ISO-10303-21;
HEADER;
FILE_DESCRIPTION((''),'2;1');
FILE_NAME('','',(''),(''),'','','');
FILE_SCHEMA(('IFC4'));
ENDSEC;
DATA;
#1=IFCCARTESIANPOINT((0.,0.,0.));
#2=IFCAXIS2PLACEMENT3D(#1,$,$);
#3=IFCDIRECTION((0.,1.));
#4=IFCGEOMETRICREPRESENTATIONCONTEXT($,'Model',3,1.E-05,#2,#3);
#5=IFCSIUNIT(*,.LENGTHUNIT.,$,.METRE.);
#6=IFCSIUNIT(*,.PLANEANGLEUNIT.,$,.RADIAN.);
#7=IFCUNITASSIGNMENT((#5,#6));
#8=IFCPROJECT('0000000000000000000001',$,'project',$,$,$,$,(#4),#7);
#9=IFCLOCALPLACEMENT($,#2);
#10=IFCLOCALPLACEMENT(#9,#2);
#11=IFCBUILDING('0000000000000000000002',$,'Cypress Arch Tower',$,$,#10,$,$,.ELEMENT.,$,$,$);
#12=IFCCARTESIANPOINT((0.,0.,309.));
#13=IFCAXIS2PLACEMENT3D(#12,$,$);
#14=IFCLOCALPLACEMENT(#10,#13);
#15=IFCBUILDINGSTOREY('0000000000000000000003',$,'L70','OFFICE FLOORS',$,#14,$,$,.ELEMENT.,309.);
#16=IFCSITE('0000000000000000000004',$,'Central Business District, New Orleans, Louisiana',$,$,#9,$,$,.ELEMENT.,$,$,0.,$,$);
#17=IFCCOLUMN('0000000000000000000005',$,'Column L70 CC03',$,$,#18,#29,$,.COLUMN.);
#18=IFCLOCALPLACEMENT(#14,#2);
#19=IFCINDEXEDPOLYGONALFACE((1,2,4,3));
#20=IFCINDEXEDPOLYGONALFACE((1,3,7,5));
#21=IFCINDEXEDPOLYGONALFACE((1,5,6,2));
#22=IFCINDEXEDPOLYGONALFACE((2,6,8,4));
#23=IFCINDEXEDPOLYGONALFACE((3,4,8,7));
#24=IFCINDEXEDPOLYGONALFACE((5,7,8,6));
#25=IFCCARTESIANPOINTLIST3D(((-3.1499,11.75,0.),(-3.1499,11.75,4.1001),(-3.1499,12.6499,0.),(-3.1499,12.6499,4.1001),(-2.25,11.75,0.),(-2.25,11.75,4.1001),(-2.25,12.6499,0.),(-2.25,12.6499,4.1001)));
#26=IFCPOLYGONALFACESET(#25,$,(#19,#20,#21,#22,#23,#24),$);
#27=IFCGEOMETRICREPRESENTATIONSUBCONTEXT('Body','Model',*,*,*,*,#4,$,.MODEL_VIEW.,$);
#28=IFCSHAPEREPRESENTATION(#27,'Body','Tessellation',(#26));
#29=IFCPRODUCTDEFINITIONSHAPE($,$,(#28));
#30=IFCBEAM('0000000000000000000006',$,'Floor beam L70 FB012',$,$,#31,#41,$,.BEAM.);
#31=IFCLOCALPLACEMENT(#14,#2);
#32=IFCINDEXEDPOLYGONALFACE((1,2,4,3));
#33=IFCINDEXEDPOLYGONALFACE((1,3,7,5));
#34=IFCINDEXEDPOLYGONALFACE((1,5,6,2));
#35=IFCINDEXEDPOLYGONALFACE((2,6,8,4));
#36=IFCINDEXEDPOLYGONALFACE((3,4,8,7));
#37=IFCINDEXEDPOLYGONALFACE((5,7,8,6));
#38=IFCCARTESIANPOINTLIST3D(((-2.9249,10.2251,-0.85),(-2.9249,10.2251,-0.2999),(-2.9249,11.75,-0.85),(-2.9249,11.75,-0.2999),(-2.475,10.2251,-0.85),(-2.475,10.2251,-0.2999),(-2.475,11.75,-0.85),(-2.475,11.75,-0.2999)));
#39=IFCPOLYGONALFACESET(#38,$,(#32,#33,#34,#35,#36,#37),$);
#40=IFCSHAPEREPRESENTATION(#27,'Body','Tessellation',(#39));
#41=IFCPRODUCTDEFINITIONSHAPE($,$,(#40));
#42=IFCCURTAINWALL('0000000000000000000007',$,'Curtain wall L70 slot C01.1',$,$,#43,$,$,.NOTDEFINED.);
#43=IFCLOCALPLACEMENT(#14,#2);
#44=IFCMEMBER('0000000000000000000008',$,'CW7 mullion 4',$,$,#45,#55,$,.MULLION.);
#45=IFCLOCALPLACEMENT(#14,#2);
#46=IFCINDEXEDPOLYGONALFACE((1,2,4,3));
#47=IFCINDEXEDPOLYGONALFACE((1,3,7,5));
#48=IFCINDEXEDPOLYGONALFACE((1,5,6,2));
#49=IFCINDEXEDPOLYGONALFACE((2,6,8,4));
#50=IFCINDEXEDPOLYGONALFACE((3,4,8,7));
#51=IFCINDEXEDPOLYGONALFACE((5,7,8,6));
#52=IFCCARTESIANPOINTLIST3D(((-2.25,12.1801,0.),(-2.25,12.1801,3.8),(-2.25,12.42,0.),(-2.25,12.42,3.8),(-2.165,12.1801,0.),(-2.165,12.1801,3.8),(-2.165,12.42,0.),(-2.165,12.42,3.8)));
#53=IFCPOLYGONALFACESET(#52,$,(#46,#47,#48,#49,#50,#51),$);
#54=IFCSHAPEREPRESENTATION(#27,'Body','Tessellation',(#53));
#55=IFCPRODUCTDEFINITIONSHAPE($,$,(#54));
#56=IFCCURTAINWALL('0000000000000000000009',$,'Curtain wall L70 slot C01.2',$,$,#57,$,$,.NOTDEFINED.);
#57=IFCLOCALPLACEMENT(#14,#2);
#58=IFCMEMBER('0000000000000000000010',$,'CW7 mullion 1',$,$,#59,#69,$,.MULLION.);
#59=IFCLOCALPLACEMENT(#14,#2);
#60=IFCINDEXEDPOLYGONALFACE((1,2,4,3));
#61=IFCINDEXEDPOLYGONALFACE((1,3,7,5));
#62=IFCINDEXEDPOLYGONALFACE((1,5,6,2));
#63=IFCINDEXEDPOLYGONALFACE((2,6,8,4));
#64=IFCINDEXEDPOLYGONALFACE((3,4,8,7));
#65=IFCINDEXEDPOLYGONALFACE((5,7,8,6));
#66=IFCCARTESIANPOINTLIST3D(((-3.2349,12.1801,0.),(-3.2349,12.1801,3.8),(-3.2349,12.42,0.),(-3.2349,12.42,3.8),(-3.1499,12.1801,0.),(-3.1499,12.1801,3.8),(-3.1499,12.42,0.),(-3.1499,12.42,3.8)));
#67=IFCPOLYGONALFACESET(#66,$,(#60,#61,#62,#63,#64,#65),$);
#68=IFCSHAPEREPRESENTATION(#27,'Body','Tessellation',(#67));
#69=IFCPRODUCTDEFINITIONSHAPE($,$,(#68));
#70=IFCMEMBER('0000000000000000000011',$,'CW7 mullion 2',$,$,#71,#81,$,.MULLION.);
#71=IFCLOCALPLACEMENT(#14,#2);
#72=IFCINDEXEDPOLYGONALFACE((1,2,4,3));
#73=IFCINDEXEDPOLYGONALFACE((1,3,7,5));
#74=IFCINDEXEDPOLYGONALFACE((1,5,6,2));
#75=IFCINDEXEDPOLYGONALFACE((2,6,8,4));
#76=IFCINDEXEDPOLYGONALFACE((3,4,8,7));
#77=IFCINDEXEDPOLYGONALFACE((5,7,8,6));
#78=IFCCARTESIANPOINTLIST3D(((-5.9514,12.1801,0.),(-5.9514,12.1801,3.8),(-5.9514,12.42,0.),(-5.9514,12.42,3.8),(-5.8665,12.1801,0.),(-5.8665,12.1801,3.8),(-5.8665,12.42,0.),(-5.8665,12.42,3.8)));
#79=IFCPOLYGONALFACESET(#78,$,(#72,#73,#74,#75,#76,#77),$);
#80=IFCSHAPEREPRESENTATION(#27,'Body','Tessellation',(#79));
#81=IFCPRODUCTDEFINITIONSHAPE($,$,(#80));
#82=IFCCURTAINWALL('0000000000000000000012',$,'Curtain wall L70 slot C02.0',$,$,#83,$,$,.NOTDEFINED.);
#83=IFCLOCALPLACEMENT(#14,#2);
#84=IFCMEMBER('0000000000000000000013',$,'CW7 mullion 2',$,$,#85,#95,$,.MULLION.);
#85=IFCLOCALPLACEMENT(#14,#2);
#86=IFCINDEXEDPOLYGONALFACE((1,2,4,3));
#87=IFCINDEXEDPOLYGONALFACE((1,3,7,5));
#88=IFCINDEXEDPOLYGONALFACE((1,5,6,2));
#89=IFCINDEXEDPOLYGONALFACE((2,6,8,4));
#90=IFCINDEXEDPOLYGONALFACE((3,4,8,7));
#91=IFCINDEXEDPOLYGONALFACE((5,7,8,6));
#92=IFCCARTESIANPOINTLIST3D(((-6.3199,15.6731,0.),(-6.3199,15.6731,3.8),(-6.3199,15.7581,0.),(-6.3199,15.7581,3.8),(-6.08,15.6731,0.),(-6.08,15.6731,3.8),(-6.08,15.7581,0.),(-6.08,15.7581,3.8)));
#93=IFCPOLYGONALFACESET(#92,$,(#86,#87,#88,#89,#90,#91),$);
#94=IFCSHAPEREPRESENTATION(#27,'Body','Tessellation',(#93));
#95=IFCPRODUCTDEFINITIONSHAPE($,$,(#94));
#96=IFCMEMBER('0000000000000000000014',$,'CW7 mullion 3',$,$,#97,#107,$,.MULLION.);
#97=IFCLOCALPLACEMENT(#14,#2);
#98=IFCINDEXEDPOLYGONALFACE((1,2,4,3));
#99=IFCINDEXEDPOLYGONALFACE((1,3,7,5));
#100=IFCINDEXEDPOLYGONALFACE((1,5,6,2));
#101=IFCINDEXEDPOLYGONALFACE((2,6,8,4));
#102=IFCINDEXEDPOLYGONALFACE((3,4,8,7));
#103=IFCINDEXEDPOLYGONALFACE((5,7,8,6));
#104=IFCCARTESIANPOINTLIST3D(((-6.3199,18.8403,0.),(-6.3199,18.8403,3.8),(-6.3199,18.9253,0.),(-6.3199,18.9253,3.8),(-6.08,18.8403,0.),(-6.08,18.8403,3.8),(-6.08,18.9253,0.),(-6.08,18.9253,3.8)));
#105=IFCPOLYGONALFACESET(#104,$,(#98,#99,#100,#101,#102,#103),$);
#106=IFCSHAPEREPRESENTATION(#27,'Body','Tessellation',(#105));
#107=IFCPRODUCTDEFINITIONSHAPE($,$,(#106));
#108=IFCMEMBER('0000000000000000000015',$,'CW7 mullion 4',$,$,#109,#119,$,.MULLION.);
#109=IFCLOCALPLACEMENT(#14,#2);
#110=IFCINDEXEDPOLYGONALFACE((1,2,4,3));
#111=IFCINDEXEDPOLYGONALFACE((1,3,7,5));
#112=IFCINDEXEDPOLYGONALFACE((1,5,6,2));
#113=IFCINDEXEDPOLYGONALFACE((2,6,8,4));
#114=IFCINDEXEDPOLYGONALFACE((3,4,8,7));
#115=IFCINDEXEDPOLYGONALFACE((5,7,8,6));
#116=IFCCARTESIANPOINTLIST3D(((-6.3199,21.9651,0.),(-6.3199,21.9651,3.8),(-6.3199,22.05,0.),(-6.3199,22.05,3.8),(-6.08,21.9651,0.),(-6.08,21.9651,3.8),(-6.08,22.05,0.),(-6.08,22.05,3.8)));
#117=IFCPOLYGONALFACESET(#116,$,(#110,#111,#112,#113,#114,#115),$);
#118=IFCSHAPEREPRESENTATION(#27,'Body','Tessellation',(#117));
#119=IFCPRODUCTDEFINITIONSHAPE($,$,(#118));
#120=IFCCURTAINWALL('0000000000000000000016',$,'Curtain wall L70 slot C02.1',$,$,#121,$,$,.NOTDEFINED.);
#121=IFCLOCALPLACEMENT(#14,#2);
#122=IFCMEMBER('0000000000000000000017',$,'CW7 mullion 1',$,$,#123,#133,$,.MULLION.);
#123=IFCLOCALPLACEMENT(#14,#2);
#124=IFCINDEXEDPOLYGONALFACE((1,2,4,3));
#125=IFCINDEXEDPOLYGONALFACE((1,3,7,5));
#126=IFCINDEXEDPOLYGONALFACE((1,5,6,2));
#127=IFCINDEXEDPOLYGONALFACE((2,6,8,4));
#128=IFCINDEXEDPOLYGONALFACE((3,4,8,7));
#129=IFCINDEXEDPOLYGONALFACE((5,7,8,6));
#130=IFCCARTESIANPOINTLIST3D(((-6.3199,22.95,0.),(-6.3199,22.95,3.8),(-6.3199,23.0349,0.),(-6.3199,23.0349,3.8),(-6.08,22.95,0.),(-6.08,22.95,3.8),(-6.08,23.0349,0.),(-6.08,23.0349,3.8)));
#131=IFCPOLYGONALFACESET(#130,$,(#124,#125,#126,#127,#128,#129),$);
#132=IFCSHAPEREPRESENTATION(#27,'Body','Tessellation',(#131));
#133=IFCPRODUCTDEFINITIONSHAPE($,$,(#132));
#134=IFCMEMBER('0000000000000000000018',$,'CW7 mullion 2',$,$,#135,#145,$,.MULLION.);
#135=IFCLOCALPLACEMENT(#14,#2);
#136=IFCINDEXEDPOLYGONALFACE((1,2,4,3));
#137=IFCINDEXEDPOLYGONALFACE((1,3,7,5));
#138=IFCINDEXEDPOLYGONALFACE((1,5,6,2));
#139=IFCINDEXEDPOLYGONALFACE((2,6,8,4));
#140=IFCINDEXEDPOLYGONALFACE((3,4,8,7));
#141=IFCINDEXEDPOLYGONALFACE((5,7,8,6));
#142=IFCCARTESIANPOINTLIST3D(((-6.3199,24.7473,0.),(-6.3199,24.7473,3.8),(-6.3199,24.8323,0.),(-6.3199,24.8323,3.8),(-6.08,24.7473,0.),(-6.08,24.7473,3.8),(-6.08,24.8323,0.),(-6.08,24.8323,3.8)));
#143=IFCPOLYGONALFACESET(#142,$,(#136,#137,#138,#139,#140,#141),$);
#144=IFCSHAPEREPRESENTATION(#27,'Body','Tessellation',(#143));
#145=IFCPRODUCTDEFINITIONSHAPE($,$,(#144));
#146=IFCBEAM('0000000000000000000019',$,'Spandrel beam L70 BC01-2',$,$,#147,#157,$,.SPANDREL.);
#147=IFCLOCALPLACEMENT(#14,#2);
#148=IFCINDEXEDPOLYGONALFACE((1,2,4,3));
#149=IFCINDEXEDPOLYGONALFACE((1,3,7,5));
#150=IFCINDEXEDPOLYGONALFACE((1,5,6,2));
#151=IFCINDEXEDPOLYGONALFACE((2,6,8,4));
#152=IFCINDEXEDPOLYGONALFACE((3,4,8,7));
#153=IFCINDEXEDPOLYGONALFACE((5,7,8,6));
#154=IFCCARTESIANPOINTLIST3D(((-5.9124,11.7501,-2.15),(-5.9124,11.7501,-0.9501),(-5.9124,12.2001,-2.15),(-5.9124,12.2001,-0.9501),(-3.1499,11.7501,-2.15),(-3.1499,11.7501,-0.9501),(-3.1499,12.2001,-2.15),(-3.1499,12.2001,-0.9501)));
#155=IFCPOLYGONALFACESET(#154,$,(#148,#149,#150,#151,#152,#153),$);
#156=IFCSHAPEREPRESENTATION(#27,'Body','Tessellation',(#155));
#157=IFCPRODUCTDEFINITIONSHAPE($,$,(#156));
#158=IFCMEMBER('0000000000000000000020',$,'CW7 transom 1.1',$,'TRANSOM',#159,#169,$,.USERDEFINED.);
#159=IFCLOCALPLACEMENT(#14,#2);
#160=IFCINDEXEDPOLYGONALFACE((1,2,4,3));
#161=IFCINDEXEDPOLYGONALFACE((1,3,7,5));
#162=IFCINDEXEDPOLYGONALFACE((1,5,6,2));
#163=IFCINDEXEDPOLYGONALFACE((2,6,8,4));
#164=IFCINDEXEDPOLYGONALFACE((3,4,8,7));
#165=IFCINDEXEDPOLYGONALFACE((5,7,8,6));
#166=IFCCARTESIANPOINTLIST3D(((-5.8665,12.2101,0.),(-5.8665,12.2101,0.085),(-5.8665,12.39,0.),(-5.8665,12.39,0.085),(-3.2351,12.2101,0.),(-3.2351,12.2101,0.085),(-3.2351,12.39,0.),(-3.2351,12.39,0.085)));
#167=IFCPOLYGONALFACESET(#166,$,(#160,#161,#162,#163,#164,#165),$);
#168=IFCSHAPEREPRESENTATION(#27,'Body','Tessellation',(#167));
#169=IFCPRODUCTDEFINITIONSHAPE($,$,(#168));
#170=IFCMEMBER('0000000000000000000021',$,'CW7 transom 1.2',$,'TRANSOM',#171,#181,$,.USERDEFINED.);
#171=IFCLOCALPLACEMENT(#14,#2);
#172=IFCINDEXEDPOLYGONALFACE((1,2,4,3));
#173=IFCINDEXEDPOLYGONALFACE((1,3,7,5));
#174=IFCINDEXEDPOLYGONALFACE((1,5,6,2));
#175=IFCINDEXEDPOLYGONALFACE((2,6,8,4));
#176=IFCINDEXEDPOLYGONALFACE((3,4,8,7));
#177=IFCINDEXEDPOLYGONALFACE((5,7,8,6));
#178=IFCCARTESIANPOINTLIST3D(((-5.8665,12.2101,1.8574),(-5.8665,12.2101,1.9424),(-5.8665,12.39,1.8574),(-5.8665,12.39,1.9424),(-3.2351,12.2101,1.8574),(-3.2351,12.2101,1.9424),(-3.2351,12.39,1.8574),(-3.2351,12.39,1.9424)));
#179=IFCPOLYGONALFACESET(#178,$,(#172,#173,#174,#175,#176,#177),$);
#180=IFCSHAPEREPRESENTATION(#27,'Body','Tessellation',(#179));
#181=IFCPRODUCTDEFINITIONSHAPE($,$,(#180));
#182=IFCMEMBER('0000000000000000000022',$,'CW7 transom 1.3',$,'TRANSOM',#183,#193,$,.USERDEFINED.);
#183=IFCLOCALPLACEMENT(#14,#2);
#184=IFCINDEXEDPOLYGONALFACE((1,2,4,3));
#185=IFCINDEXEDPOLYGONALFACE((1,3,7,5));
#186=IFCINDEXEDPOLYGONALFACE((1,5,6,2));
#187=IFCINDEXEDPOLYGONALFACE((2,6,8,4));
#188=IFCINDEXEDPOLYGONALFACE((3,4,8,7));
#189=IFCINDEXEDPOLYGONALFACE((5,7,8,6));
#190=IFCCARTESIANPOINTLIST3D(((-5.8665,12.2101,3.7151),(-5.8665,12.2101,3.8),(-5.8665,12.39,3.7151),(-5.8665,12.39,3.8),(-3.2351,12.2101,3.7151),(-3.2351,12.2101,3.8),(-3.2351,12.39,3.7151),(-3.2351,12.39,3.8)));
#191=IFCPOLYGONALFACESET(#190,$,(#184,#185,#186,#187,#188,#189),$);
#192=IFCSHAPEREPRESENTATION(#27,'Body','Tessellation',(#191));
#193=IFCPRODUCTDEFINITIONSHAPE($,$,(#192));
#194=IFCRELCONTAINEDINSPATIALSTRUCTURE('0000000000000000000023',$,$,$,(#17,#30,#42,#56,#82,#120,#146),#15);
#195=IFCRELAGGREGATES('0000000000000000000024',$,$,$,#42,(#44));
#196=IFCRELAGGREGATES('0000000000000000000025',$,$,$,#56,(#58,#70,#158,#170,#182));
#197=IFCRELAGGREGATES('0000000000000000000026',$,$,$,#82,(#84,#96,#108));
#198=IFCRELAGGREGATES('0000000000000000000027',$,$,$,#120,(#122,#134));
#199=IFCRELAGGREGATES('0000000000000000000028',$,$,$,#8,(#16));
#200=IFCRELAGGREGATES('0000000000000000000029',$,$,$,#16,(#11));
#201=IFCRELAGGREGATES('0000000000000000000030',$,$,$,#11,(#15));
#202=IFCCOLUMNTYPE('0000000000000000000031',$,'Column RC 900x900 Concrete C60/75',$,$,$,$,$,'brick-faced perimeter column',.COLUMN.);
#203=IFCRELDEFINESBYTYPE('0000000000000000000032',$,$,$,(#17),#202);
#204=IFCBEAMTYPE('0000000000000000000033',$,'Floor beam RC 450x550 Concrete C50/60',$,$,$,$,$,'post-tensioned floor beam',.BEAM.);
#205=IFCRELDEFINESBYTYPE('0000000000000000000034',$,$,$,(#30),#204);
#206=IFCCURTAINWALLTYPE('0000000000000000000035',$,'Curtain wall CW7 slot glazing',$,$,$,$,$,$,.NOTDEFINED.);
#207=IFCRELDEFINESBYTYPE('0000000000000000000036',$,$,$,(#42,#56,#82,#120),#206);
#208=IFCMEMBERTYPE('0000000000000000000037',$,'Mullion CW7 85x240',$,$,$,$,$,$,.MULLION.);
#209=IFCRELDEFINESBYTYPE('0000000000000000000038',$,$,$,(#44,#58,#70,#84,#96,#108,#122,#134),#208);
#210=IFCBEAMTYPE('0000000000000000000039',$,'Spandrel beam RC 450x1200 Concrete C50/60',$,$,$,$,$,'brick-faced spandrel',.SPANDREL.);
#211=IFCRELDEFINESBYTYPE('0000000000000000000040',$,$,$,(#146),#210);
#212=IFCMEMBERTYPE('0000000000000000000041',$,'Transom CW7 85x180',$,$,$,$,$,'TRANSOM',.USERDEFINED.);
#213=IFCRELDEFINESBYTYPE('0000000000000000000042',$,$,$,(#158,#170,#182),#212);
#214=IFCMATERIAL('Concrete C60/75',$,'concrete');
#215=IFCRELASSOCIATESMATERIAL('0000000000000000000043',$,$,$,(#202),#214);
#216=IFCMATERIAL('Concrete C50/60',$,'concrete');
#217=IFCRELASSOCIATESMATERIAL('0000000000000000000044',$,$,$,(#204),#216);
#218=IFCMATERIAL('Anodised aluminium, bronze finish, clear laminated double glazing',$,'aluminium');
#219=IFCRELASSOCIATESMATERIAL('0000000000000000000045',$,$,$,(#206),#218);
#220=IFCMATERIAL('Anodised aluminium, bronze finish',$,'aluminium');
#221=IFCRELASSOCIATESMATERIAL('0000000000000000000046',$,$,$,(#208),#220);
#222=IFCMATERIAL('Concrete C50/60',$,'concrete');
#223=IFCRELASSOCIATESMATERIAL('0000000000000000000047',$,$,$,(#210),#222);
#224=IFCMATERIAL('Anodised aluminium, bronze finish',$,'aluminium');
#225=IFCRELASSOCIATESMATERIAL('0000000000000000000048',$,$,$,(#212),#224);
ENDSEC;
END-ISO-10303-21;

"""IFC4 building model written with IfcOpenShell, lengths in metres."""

from ifc_helpers import new_model, si_unit, direction, frame, origin, origin_2d, place, context, subcontext, project, spatial, rectangle, extrude, material, material_profile, profile_set, type_object, element, aggregate, save


model = new_model("IFC4")

# Units and contexts
model_context = context("Model", 3, precision=1e-05, world=origin(), true_north=direction((0.0, 1.0)))
body_context = subcontext(model_context, "Body", "Model", "MODEL_VIEW")
ifc_project = project(units=[si_unit("LENGTHUNIT", "METRE"), si_unit("PLANEANGLEUNIT", "RADIAN")], contexts=[model_context])

# Site, building, storey
site_placement = place(None, origin())
site = spatial("IfcSite", under=ifc_project, at=site_placement, Name="Central Business District, New Orleans, Louisiana", CompositionType="ELEMENT", RefElevation=0.0)
building_placement = place(site_placement, origin())
building = spatial("IfcBuilding", under=site, at=building_placement, Name="Cypress Arch Tower", CompositionType="ELEMENT")
storey_placement = place(building_placement, frame((0.0, 0.0, 309.0)))
storey = spatial("IfcBuildingStorey", under=building, at=storey_placement, Name="L70", Description="OFFICE FLOORS", CompositionType="ELEMENT", Elevation=309.0)

# Column
ifc_material_1 = material(Name="Concrete C60/75", Category="concrete")
ifc_material_profile_1 = material_profile(ifc_material_1, rectangle(XDim=0.8999, YDim=0.8999, at=origin_2d()), Name="RC 900x900")
ifc_profile_set_1 = profile_set([ifc_material_profile_1], Name="Concrete C60/75")
column_type = type_object("IfcColumnType", Name="Column RC 900x900 Concrete C60/75", ElementType="brick-faced perimeter column", PredefinedType="COLUMN", material=ifc_profile_set_1)
column_placement = place(storey_placement, frame((-2.7, 12.2, 0.0), z_axis=(0.0, 0.0, 1.0), x_axis=(-1.0, 0.0, 0.0)))
element("IfcColumn", 1, at=column_placement, inside=storey, type_object=column_type, Name="Column L70 CC03", PredefinedType="COLUMN", context=body_context, shape_type="SweptSolid", body=[
    extrude(rectangle(XDim=0.8999, YDim=0.8999, at=origin_2d()), origin(), (0.0, 0.0, 1.0), 4.1001),
])

# Beam
ifc_material_2 = material(Name="Concrete C50/60", Category="concrete")
ifc_material_profile_2 = material_profile(ifc_material_2, rectangle(XDim=0.45, YDim=0.55, at=origin_2d()), Name="RC 450x550")
ifc_profile_set_2 = profile_set([ifc_material_profile_2], Name="Concrete C50/60")
beam_type_1 = type_object("IfcBeamType", Name="Floor beam RC 450x550 Concrete C50/60", ElementType="post-tensioned floor beam", PredefinedType="BEAM", material=ifc_profile_set_2)
beam_1_placement = place(storey_placement, frame((-2.7, 10.2251, -0.575), z_axis=(0.0, 1.0, 0.0), x_axis=(-1.0, 0.0, 0.0)))
element("IfcBeam", 2, at=beam_1_placement, inside=storey, type_object=beam_type_1, Name="Floor beam L70 FB012", PredefinedType="BEAM", context=body_context, shape_type="SweptSolid", body=[
    extrude(rectangle(XDim=0.45, YDim=0.55, at=origin_2d()), origin(), (0.0, 0.0, 1.0), 1.5249),
])

# Curtain wall, member
ifc_material_3 = material(Name="Anodised aluminium, bronze finish, clear laminated double glazing", Category="aluminium")
curtain_wall_type = type_object("IfcCurtainWallType", Name="Curtain wall CW7 slot glazing", PredefinedType="NOTDEFINED", material=ifc_material_3)
curtain_wall_1_placement = place(storey_placement, origin())
curtain_wall_1 = element("IfcCurtainWall", 3, at=curtain_wall_1_placement, inside=storey, type_object=curtain_wall_type, Name="Curtain wall L70 slot C01.1", PredefinedType="NOTDEFINED")
ifc_material_4 = material(Name="Anodised aluminium, bronze finish", Category="aluminium")
ifc_material_profile_3 = material_profile(ifc_material_4, rectangle(XDim=0.24, YDim=0.085, at=origin_2d()), Name="Mullion 85x240")
ifc_profile_set_3 = profile_set([ifc_material_profile_3], Name="Anodised aluminium, bronze finish")
member_type_1 = type_object("IfcMemberType", Name="Mullion CW7 85x240", PredefinedType="MULLION", material=ifc_profile_set_3)
member_1_placement = place(storey_placement, frame((-2.2075, 12.3, 0.0), z_axis=(0.0, 0.0, 1.0), x_axis=(0.0, -1.0, 0.0)))
member_1 = element("IfcMember", 4, at=member_1_placement, type_object=member_type_1, Name="CW7 mullion 4", PredefinedType="MULLION", context=body_context, shape_type="SweptSolid", body=[
    extrude(rectangle(XDim=0.24, YDim=0.085, at=origin_2d()), origin(), (0.0, 0.0, 1.0), 3.8),
])

# Curtain walls, members
curtain_wall_2_placement = place(storey_placement, origin())
curtain_wall_2 = element("IfcCurtainWall", 5, at=curtain_wall_2_placement, inside=storey, type_object=curtain_wall_type, Name="Curtain wall L70 slot C01.2", PredefinedType="NOTDEFINED")
member_2_placement = place(storey_placement, frame((-3.1924, 12.3, 0.0), z_axis=(0.0, 0.0, 1.0), x_axis=(0.0, -1.0, 0.0)))
member_2 = element("IfcMember", 6, at=member_2_placement, type_object=member_type_1, Name="CW7 mullion 1", PredefinedType="MULLION", context=body_context, shape_type="SweptSolid", body=[
    extrude(rectangle(XDim=0.24, YDim=0.085, at=origin_2d()), origin(), (0.0, 0.0, 1.0), 3.8),
])
member_3_placement = place(storey_placement, frame((-5.9089, 12.3, 0.0), z_axis=(0.0, 0.0, 1.0), x_axis=(0.0, -1.0, 0.0)))
member_3 = element("IfcMember", 7, at=member_3_placement, type_object=member_type_1, Name="CW7 mullion 2", PredefinedType="MULLION", context=body_context, shape_type="SweptSolid", body=[
    extrude(rectangle(XDim=0.24, YDim=0.085, at=origin_2d()), origin(), (0.0, 0.0, 1.0), 3.8),
])
curtain_wall_3_placement = place(storey_placement, origin())
curtain_wall_3 = element("IfcCurtainWall", 8, at=curtain_wall_3_placement, inside=storey, type_object=curtain_wall_type, Name="Curtain wall L70 slot C02.0", PredefinedType="NOTDEFINED")
member_4_placement = place(storey_placement, frame((-6.2, 15.7156, 0.0), z_axis=(0.0, 0.0, 1.0), x_axis=(-1.0, 0.0, 0.0)))
member_4 = element("IfcMember", 9, at=member_4_placement, type_object=member_type_1, Name="CW7 mullion 2", PredefinedType="MULLION", context=body_context, shape_type="SweptSolid", body=[
    extrude(rectangle(XDim=0.24, YDim=0.085, at=origin_2d()), origin(), (0.0, 0.0, 1.0), 3.8),
])
member_5_placement = place(storey_placement, frame((-6.2, 18.8828, 0.0), z_axis=(0.0, 0.0, 1.0), x_axis=(-1.0, 0.0, 0.0)))
member_5 = element("IfcMember", 10, at=member_5_placement, type_object=member_type_1, Name="CW7 mullion 3", PredefinedType="MULLION", context=body_context, shape_type="SweptSolid", body=[
    extrude(rectangle(XDim=0.24, YDim=0.085, at=origin_2d()), origin(), (0.0, 0.0, 1.0), 3.8),
])
member_6_placement = place(storey_placement, frame((-6.2, 22.0076, 0.0), z_axis=(0.0, 0.0, 1.0), x_axis=(-1.0, 0.0, 0.0)))
member_6 = element("IfcMember", 11, at=member_6_placement, type_object=member_type_1, Name="CW7 mullion 4", PredefinedType="MULLION", context=body_context, shape_type="SweptSolid", body=[
    extrude(rectangle(XDim=0.24, YDim=0.085, at=origin_2d()), origin(), (0.0, 0.0, 1.0), 3.8),
])
curtain_wall_4_placement = place(storey_placement, origin())
curtain_wall_4 = element("IfcCurtainWall", 12, at=curtain_wall_4_placement, inside=storey, type_object=curtain_wall_type, Name="Curtain wall L70 slot C02.1", PredefinedType="NOTDEFINED")
member_7_placement = place(storey_placement, frame((-6.2, 22.9924, 0.0), z_axis=(0.0, 0.0, 1.0), x_axis=(-1.0, 0.0, 0.0)))
member_7 = element("IfcMember", 13, at=member_7_placement, type_object=member_type_1, Name="CW7 mullion 1", PredefinedType="MULLION", context=body_context, shape_type="SweptSolid", body=[
    extrude(rectangle(XDim=0.24, YDim=0.085, at=origin_2d()), origin(), (0.0, 0.0, 1.0), 3.8),
])
member_8_placement = place(storey_placement, frame((-6.2, 24.7898, 0.0), z_axis=(0.0, 0.0, 1.0), x_axis=(-1.0, 0.0, 0.0)))
member_8 = element("IfcMember", 14, at=member_8_placement, type_object=member_type_1, Name="CW7 mullion 2", PredefinedType="MULLION", context=body_context, shape_type="SweptSolid", body=[
    extrude(rectangle(XDim=0.24, YDim=0.085, at=origin_2d()), origin(), (0.0, 0.0, 1.0), 3.8),
])

# Beam
ifc_material_5 = material(Name="Concrete C50/60", Category="concrete")
ifc_material_profile_4 = material_profile(ifc_material_5, rectangle(XDim=0.45, YDim=1.2, at=origin_2d()), Name="RC 450x1200")
ifc_profile_set_4 = profile_set([ifc_material_profile_4], Name="Concrete C50/60")
beam_type_2 = type_object("IfcBeamType", Name="Spandrel beam RC 450x1200 Concrete C50/60", ElementType="brick-faced spandrel", PredefinedType="SPANDREL", material=ifc_profile_set_4)
beam_2_placement = place(storey_placement, frame((-3.1499, 11.9751, -1.55), z_axis=(-1.0, 0.0, 0.0), x_axis=(0.0, -1.0, 0.0)))
element("IfcBeam", 15, at=beam_2_placement, inside=storey, type_object=beam_type_2, Name="Spandrel beam L70 BC01-2", PredefinedType="SPANDREL", context=body_context, shape_type="SweptSolid", body=[
    extrude(rectangle(XDim=0.45, YDim=1.2, at=origin_2d()), origin(), (0.0, 0.0, 1.0), 2.7625),
])

# Members
ifc_material_6 = material(Name="Anodised aluminium, bronze finish", Category="aluminium")
ifc_material_profile_5 = material_profile(ifc_material_6, rectangle(XDim=0.1799, YDim=0.085, at=origin_2d()), Name="Transom 85x180")
ifc_profile_set_5 = profile_set([ifc_material_profile_5], Name="Anodised aluminium, bronze finish")
member_type_2 = type_object("IfcMemberType", Name="Transom CW7 85x180", ElementType="TRANSOM", PredefinedType="USERDEFINED", material=ifc_profile_set_5)
member_9_placement = place(storey_placement, frame((-3.2351, 12.3, 0.0425), z_axis=(-1.0, 0.0, 0.0), x_axis=(0.0, -1.0, 0.0)))
member_9 = element("IfcMember", 16, at=member_9_placement, type_object=member_type_2, Name="CW7 transom 1.1", ObjectType="TRANSOM", PredefinedType="USERDEFINED", context=body_context, shape_type="SweptSolid", body=[
    extrude(rectangle(XDim=0.1799, YDim=0.085, at=origin_2d()), origin(), (0.0, 0.0, 1.0), 2.6313),
])
member_10_placement = place(storey_placement, frame((-3.2351, 12.3, 1.8999), z_axis=(-1.0, 0.0, 0.0), x_axis=(0.0, -1.0, 0.0)))
member_10 = element("IfcMember", 17, at=member_10_placement, type_object=member_type_2, Name="CW7 transom 1.2", ObjectType="TRANSOM", PredefinedType="USERDEFINED", context=body_context, shape_type="SweptSolid", body=[
    extrude(rectangle(XDim=0.1799, YDim=0.085, at=origin_2d()), origin(), (0.0, 0.0, 1.0), 2.6313),
])
member_11_placement = place(storey_placement, frame((-3.2351, 12.3, 3.7576), z_axis=(-1.0, 0.0, 0.0), x_axis=(0.0, -1.0, 0.0)))
member_11 = element("IfcMember", 18, at=member_11_placement, type_object=member_type_2, Name="CW7 transom 1.3", ObjectType="TRANSOM", PredefinedType="USERDEFINED", context=body_context, shape_type="SweptSolid", body=[
    extrude(rectangle(XDim=0.1799, YDim=0.085, at=origin_2d()), origin(), (0.0, 0.0, 1.0), 2.6313),
])

aggregate(curtain_wall_1, [member_1])
aggregate(curtain_wall_2, [member_2, member_3, member_9, member_10, member_11])
aggregate(curtain_wall_3, [member_4, member_5, member_6])
aggregate(curtain_wall_4, [member_7, member_8])

save(model, "model.ifc")
